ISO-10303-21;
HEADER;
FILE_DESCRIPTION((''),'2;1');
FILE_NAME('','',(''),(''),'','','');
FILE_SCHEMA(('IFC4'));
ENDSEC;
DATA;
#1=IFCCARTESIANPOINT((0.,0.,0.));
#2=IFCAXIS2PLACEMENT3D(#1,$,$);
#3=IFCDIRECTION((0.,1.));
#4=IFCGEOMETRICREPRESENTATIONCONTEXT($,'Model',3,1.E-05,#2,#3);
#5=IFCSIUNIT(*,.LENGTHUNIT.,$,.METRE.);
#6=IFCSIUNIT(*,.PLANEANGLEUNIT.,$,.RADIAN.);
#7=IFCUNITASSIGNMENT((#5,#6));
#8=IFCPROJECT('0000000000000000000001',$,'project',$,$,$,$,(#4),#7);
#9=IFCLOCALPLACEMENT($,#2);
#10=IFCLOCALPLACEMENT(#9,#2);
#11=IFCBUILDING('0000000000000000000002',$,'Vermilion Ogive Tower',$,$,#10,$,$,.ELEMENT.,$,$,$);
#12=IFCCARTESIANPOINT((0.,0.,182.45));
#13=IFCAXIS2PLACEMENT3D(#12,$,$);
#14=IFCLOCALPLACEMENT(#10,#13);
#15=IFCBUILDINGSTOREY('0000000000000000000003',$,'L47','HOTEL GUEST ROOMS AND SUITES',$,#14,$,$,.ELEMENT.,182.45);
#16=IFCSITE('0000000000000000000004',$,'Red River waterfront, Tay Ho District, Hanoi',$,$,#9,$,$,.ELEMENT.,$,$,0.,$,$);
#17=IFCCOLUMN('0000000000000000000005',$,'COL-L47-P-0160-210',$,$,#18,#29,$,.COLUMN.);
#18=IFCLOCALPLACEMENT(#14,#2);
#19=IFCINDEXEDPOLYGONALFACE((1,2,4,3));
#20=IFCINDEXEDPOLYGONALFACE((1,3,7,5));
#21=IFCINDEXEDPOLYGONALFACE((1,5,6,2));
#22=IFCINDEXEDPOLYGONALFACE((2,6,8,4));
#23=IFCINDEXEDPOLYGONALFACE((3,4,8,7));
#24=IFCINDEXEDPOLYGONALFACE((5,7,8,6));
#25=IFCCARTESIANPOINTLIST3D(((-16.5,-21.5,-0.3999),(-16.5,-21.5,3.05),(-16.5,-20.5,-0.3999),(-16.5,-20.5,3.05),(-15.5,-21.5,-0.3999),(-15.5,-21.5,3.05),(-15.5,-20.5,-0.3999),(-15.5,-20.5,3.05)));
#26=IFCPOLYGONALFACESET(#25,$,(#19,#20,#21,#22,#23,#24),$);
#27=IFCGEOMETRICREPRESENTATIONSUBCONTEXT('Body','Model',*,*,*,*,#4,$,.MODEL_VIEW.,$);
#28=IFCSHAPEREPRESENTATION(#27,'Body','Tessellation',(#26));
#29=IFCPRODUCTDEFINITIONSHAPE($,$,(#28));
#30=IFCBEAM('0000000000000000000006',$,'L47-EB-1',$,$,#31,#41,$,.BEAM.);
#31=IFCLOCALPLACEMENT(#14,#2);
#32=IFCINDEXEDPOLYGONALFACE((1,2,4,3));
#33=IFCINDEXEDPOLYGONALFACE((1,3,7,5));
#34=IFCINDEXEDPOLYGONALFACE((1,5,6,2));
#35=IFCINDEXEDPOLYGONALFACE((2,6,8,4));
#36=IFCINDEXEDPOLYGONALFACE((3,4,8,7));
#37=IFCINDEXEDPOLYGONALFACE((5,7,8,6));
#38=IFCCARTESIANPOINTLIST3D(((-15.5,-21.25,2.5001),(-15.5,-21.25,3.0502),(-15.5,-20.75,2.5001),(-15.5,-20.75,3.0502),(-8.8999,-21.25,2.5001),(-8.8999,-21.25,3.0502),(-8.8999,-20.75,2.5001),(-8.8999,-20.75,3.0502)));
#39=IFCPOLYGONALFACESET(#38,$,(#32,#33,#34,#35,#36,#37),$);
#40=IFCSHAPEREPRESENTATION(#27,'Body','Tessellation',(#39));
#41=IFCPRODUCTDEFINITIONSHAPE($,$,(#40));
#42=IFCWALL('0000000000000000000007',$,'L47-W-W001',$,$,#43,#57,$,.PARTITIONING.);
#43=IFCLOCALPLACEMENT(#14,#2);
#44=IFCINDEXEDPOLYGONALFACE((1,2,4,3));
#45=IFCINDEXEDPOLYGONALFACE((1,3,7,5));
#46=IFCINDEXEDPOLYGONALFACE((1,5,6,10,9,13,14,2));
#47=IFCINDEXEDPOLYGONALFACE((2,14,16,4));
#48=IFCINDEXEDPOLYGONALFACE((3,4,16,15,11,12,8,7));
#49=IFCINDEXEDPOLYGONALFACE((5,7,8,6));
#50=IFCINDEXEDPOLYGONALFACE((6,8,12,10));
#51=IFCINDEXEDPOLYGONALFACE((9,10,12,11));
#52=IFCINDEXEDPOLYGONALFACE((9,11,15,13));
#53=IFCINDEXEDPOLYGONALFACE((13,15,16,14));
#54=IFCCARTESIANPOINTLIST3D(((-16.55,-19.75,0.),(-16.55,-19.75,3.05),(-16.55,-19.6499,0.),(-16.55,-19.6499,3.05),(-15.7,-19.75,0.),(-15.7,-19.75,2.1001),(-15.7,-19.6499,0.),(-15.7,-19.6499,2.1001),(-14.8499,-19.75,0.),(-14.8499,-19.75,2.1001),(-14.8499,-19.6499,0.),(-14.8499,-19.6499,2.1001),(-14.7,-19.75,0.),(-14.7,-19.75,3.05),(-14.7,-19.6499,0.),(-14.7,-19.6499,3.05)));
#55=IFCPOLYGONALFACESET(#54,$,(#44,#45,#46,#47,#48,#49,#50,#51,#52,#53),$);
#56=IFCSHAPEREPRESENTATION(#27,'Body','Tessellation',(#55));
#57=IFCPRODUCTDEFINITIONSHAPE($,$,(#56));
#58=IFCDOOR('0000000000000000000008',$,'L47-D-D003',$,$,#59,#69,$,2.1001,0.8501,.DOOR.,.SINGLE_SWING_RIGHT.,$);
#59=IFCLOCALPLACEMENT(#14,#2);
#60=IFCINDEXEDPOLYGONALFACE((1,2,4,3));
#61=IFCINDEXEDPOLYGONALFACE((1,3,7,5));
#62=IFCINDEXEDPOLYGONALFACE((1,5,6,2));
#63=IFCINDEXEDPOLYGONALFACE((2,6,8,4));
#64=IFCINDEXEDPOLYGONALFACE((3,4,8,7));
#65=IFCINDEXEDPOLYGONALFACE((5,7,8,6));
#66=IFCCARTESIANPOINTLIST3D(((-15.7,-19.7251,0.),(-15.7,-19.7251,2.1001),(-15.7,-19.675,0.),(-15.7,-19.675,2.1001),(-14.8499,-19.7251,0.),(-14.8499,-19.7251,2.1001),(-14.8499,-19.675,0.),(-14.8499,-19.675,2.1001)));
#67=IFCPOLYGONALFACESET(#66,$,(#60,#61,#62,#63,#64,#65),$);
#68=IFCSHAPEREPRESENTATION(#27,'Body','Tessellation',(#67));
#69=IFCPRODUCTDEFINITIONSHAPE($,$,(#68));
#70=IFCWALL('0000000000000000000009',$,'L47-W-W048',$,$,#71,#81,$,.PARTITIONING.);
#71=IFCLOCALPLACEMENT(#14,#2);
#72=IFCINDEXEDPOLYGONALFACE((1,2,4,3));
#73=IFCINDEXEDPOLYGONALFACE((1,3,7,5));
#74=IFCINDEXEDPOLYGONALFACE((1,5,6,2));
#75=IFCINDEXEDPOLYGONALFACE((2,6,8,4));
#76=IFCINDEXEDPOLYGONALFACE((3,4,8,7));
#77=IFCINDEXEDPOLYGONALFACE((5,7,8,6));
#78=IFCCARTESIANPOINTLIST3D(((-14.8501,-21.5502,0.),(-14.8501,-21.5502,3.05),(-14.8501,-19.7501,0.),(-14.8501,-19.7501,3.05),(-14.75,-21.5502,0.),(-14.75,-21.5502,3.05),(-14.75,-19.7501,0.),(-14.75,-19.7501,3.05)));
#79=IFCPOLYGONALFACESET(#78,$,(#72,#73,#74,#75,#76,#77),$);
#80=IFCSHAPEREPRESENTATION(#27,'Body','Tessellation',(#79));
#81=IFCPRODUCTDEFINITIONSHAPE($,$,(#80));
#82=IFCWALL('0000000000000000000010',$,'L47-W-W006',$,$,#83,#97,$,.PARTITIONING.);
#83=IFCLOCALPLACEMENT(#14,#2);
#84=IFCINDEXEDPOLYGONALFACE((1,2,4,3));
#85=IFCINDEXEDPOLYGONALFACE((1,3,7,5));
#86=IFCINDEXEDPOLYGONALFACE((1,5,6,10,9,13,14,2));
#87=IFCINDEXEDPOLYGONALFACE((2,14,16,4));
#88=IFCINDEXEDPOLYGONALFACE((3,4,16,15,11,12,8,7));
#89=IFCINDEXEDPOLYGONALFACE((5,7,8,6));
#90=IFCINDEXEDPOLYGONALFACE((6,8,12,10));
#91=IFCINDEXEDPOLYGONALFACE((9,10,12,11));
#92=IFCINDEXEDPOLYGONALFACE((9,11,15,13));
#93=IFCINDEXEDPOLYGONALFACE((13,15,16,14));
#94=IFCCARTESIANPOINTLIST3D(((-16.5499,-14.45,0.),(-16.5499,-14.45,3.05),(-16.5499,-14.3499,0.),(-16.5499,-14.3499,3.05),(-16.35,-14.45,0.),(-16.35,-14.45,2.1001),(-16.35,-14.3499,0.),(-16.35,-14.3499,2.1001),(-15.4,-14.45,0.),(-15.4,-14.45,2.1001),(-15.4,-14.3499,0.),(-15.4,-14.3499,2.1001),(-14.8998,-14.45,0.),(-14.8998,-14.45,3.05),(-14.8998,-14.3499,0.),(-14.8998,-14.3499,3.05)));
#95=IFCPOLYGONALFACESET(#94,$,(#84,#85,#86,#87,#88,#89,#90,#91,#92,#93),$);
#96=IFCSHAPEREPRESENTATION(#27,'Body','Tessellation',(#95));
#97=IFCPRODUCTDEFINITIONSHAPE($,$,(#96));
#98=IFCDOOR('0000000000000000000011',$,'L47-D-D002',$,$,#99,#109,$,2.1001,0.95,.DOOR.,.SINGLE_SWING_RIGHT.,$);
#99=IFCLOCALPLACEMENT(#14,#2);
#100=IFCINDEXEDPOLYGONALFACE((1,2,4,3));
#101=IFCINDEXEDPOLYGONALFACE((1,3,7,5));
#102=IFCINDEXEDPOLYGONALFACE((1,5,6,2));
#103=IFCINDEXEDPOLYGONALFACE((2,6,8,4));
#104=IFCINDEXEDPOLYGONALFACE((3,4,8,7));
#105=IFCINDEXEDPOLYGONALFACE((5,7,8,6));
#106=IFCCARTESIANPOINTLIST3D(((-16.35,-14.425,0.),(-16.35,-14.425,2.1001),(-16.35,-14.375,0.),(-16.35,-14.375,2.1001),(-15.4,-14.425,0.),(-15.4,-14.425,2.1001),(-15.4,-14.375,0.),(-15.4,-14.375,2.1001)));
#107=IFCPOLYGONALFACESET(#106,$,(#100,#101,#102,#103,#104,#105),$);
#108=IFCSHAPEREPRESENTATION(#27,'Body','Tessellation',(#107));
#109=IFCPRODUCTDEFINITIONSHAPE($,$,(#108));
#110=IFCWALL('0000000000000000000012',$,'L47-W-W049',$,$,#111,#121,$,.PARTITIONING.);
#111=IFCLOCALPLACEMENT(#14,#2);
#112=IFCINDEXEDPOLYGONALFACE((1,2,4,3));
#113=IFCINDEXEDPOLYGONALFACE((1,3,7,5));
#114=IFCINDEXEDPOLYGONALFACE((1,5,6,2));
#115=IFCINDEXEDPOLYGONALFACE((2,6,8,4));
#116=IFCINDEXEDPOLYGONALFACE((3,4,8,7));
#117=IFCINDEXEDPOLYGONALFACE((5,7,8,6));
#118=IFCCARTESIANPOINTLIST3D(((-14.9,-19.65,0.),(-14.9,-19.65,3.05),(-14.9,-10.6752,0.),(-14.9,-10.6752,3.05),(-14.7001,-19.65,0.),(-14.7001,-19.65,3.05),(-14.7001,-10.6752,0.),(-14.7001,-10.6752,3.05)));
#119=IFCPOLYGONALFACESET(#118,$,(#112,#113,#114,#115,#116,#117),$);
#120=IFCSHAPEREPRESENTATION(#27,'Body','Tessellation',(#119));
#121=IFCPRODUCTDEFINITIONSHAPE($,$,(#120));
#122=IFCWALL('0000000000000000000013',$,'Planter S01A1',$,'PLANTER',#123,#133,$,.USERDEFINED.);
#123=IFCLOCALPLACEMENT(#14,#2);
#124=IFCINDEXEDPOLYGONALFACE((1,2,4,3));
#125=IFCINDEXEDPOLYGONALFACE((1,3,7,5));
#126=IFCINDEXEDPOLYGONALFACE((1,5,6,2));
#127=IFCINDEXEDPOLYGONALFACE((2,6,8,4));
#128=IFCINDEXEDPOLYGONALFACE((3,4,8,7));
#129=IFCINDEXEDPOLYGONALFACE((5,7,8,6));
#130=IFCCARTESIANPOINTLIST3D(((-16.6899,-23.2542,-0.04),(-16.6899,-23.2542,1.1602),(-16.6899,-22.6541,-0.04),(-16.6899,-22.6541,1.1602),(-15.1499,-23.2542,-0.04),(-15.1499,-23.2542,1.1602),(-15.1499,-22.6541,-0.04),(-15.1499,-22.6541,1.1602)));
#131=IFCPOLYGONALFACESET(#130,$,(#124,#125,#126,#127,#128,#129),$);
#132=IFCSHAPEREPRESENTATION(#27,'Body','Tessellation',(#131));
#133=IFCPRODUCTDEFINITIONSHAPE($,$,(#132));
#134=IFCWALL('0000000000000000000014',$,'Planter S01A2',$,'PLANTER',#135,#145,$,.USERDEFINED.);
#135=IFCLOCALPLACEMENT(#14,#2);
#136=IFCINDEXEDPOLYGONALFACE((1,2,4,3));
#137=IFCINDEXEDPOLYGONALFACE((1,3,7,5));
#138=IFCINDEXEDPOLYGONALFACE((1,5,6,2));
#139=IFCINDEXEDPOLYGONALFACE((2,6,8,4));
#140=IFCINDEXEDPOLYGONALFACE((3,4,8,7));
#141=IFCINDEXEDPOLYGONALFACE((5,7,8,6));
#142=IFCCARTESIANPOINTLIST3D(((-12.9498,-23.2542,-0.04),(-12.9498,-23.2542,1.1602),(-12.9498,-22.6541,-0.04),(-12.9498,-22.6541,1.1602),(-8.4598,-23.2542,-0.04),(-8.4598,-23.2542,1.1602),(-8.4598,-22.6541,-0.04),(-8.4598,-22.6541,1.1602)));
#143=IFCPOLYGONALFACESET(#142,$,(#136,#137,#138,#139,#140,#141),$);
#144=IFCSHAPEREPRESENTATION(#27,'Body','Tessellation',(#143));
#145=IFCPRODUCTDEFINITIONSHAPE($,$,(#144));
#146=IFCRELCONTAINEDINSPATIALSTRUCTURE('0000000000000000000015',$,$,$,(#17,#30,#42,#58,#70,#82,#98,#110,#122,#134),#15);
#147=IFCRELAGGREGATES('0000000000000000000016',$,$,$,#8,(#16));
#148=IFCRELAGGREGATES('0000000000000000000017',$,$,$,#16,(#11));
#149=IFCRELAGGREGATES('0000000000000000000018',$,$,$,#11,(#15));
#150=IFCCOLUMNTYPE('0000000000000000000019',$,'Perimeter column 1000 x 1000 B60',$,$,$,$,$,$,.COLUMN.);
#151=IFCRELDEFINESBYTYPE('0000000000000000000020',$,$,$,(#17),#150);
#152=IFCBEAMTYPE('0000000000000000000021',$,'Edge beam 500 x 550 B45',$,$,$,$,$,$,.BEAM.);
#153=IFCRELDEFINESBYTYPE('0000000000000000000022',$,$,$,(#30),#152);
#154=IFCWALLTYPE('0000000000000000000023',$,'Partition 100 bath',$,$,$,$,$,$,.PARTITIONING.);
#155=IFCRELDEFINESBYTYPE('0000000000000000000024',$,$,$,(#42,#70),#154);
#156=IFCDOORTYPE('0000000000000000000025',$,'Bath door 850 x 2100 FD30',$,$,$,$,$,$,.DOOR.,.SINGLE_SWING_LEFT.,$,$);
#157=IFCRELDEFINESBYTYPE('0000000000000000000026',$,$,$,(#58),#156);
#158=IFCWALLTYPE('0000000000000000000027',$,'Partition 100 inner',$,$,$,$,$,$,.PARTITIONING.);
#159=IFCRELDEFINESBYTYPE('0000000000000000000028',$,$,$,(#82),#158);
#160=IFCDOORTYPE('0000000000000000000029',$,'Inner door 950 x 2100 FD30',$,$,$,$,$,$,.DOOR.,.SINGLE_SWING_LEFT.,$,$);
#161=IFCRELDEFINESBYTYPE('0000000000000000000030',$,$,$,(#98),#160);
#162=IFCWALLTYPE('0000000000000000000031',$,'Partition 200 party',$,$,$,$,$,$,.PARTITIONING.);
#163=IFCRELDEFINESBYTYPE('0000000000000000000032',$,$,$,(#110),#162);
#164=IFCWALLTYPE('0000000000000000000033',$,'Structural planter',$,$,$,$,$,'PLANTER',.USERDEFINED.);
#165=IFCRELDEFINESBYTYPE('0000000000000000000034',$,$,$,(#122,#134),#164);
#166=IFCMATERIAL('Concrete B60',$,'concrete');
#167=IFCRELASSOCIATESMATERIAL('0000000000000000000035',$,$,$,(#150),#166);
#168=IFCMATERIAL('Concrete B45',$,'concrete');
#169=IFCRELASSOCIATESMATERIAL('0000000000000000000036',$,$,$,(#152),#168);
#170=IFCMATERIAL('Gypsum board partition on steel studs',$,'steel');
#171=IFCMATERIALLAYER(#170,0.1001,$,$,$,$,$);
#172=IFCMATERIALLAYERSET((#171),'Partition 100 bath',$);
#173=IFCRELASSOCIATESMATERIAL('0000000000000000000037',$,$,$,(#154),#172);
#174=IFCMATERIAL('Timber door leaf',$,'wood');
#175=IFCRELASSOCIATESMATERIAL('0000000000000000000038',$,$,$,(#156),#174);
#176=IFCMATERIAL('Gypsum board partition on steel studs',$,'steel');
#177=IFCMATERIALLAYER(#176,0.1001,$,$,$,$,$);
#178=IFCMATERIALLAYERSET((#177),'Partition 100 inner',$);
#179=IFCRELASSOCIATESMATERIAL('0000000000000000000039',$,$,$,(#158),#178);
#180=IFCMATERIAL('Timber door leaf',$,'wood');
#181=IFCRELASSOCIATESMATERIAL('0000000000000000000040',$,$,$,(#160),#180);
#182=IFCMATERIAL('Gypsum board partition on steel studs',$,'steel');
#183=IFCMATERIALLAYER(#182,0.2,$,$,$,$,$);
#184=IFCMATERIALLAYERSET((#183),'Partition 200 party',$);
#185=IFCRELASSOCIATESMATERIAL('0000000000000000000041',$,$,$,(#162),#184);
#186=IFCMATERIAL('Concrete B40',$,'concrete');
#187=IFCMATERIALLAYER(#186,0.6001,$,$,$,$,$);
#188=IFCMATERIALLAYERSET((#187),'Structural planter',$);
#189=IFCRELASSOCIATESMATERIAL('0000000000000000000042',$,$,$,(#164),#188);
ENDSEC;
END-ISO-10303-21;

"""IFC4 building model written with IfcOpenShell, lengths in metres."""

from ifc_helpers import new_model, si_unit, direction, frame, frame_2d, origin, origin_2d, place, context, subcontext, project, spatial, rectangle, extrude, material, layer, layer_set, material_profile, profile_set, type_object, element, fill, save


model = new_model("IFC4")

# Units and contexts
model_context = context("Model", 3, precision=1e-05, world=origin(), true_north=direction((0.0, 1.0)))
body_context = subcontext(model_context, "Body", "Model", "MODEL_VIEW")
ifc_project = project(units=[si_unit("LENGTHUNIT", "METRE"), si_unit("PLANEANGLEUNIT", "RADIAN")], contexts=[model_context])

# Site, building, storey
site_placement = place(None, origin())
site = spatial("IfcSite", under=ifc_project, at=site_placement, Name="Red River waterfront, Tay Ho District, Hanoi", CompositionType="ELEMENT", RefElevation=0.0)
building_placement = place(site_placement, origin())
building = spatial("IfcBuilding", under=site, at=building_placement, Name="Vermilion Ogive Tower", CompositionType="ELEMENT")
storey_placement = place(building_placement, frame((0.0, 0.0, 182.45)))
storey = spatial("IfcBuildingStorey", under=building, at=storey_placement, Name="L47", Description="HOTEL GUEST ROOMS AND SUITES", CompositionType="ELEMENT", Elevation=182.45)

# Column
ifc_material_1 = material(Name="Concrete B60", Category="concrete")
ifc_material_profile_1 = material_profile(ifc_material_1, rectangle(XDim=1.0, YDim=1.0, at=origin_2d()), Name="1000 x 1000")
ifc_profile_set_1 = profile_set([ifc_material_profile_1], Name="Concrete B60")
column_type = type_object("IfcColumnType", Name="Perimeter column 1000 x 1000 B60", PredefinedType="COLUMN", material=ifc_profile_set_1)
column_placement = place(storey_placement, frame((-16.0, -21.0, -0.3999), z_axis=(0.0, 0.0, 1.0), x_axis=(1.0, 0.0, 0.0)))
element("IfcColumn", 1, at=column_placement, inside=storey, type_object=column_type, Name="COL-L47-P-0160-210", PredefinedType="COLUMN", context=body_context, shape_type="SweptSolid", body=[
    extrude(rectangle(XDim=1.0, YDim=1.0, at=origin_2d()), origin(), (0.0, 0.0, 1.0), 3.45),
])

# Beam
ifc_material_2 = material(Name="Concrete B45", Category="concrete")
ifc_material_profile_2 = material_profile(ifc_material_2, rectangle(XDim=0.5, YDim=0.55, at=origin_2d()), Name="500 x 550")
ifc_profile_set_2 = profile_set([ifc_material_profile_2], Name="Concrete B45")
beam_type = type_object("IfcBeamType", Name="Edge beam 500 x 550 B45", PredefinedType="BEAM", material=ifc_profile_set_2)
beam_placement = place(storey_placement, frame((-15.5, -21.0, 2.7751), z_axis=(1.0, 0.0, 0.0), x_axis=(0.0, 1.0, 0.0)))
element("IfcBeam", 2, at=beam_placement, inside=storey, type_object=beam_type, Name="L47-EB-1", PredefinedType="BEAM", context=body_context, shape_type="SweptSolid", body=[
    extrude(rectangle(XDim=0.5, YDim=0.55, at=origin_2d()), origin(), (0.0, 0.0, 1.0), 6.6001),
])

# Wall, opening, door
ifc_material_3 = material(Name="Gypsum board partition on steel studs", Category="steel")
ifc_layer_1 = layer(ifc_material_3, 0.1001)
ifc_layer_set_1 = layer_set([ifc_layer_1], Name="Partition 100 bath")
wall_type_1 = type_object("IfcWallType", Name="Partition 100 bath", PredefinedType="PARTITIONING", material=ifc_layer_set_1)
wall_1_placement = place(storey_placement, frame((-16.55, -19.7, 0.0), z_axis=(0.0, 0.0, 1.0), x_axis=(1.0, 0.0, 0.0)))
wall_1 = element("IfcWall", 3, at=wall_1_placement, inside=storey, type_object=wall_type_1, Name="L47-W-W001", PredefinedType="PARTITIONING", context=body_context, shape_type="SweptSolid", body=[
    extrude(rectangle(XDim=1.8501, YDim=0.1001, at=frame_2d((0.925, 0.0))), origin(), (0.0, 0.0, 1.0), 3.05),
])
opening_1_placement = place(wall_1_placement, frame((0.8501, 0.0, 0.0)))
opening_1 = element("IfcOpeningElement", 4, at=opening_1_placement, cuts=wall_1, PredefinedType="OPENING", context=body_context, shape_type="SweptSolid", body=[
    extrude(rectangle(XDim=0.8501, YDim=2.1001, at=frame_2d((0.425, 1.05))), frame((0.0, 0.0601, 0.0), z_axis=(0.0, -1.0, 0.0), x_axis=(1.0, 0.0, 0.0)), (0.0, 0.0, 1.0), 0.1201),
])
ifc_material_4 = material(Name="Timber door leaf", Category="wood")
door_type_1 = type_object("IfcDoorType", Name="Bath door 850 x 2100 FD30", OperationType="SINGLE_SWING_LEFT", PredefinedType="DOOR", material=ifc_material_4)
door_1_placement = place(opening_1_placement, origin())
door_1 = element("IfcDoor", 5, at=door_1_placement, inside=storey, type_object=door_type_1, Name="L47-D-D003", OperationType="SINGLE_SWING_RIGHT", OverallHeight=2.1001, OverallWidth=0.8501, PredefinedType="DOOR", context=body_context, shape_type="SweptSolid", body=[
    extrude(rectangle(XDim=0.8501, YDim=2.1001, at=frame_2d((0.425, 1.05))), frame((0.0, 0.0249, 0.0), z_axis=(0.0, -1.0, 0.0), x_axis=(1.0, 0.0, 0.0)), (0.0, 0.0, 1.0), 0.05),
])
fill(opening_1, door_1)

# Wall
wall_2_placement = place(storey_placement, frame((-14.8, -21.55, 0.0), z_axis=(0.0, 0.0, 1.0), x_axis=(0.0, 1.0, 0.0)))
element("IfcWall", 6, at=wall_2_placement, inside=storey, type_object=wall_type_1, Name="L47-W-W048", PredefinedType="PARTITIONING", context=body_context, shape_type="SweptSolid", body=[
    extrude(rectangle(XDim=1.8, YDim=0.1001, at=frame_2d((0.8999, 0.0))), origin(), (0.0, 0.0, 1.0), 3.05),
])

# Wall, opening, door
ifc_material_5 = material(Name="Gypsum board partition on steel studs", Category="steel")
ifc_layer_2 = layer(ifc_material_5, 0.1001)
ifc_layer_set_2 = layer_set([ifc_layer_2], Name="Partition 100 inner")
wall_type_2 = type_object("IfcWallType", Name="Partition 100 inner", PredefinedType="PARTITIONING", material=ifc_layer_set_2)
wall_3_placement = place(storey_placement, frame((-16.55, -14.3999, 0.0), z_axis=(0.0, 0.0, 1.0), x_axis=(1.0, 0.0, 0.0)))
wall_3 = element("IfcWall", 7, at=wall_3_placement, inside=storey, type_object=wall_type_2, Name="L47-W-W006", PredefinedType="PARTITIONING", context=body_context, shape_type="SweptSolid", body=[
    extrude(rectangle(XDim=1.6501, YDim=0.1001, at=frame_2d((0.8252, 0.0))), origin(), (0.0, 0.0, 1.0), 3.05),
])
opening_2_placement = place(wall_3_placement, frame((0.2, 0.0, 0.0)))
opening_2 = element("IfcOpeningElement", 8, at=opening_2_placement, cuts=wall_3, PredefinedType="OPENING", context=body_context, shape_type="SweptSolid", body=[
    extrude(rectangle(XDim=0.95, YDim=2.1001, at=frame_2d((0.4751, 1.05))), frame((0.0, 0.0601, 0.0), z_axis=(0.0, -1.0, 0.0), x_axis=(1.0, 0.0, 0.0)), (0.0, 0.0, 1.0), 0.1201),
])
ifc_material_6 = material(Name="Timber door leaf", Category="wood")
door_type_2 = type_object("IfcDoorType", Name="Inner door 950 x 2100 FD30", OperationType="SINGLE_SWING_LEFT", PredefinedType="DOOR", material=ifc_material_6)
door_2_placement = place(opening_2_placement, origin())
door_2 = element("IfcDoor", 9, at=door_2_placement, inside=storey, type_object=door_type_2, Name="L47-D-D002", OperationType="SINGLE_SWING_RIGHT", OverallHeight=2.1001, OverallWidth=0.95, PredefinedType="DOOR", context=body_context, shape_type="SweptSolid", body=[
    extrude(rectangle(XDim=0.95, YDim=2.1001, at=frame_2d((0.4751, 1.05))), frame((0.0, 0.0249, 0.0), z_axis=(0.0, -1.0, 0.0), x_axis=(1.0, 0.0, 0.0)), (0.0, 0.0, 1.0), 0.05),
])
fill(opening_2, door_2)

# Walls
ifc_material_7 = material(Name="Gypsum board partition on steel studs", Category="steel")
ifc_layer_3 = layer(ifc_material_7, 0.2)
ifc_layer_set_3 = layer_set([ifc_layer_3], Name="Partition 200 party")
wall_type_3 = type_object("IfcWallType", Name="Partition 200 party", PredefinedType="PARTITIONING", material=ifc_layer_set_3)
wall_4_placement = place(storey_placement, frame((-14.8, -19.6499, 0.0), z_axis=(0.0, 0.0, 1.0), x_axis=(0.0, 1.0, 0.0)))
element("IfcWall", 10, at=wall_4_placement, inside=storey, type_object=wall_type_3, Name="L47-W-W049", PredefinedType="PARTITIONING", context=body_context, shape_type="SweptSolid", body=[
    extrude(rectangle(XDim=8.9749, YDim=0.2, at=frame_2d((4.4873, 0.0))), origin(), (0.0, 0.0, 1.0), 3.05),
])
ifc_material_8 = material(Name="Concrete B40", Category="concrete")
ifc_layer_4 = layer(ifc_material_8, 0.6001)
ifc_layer_set_4 = layer_set([ifc_layer_4], Name="Structural planter")
wall_type_4 = type_object("IfcWallType", Name="Structural planter", ElementType="PLANTER", PredefinedType="USERDEFINED", material=ifc_layer_set_4)
wall_5_placement = place(storey_placement, frame((-16.6899, -22.9541, -0.04), z_axis=(0.0, 0.0, 1.0), x_axis=(1.0, 0.0, 0.0)))
element("IfcWall", 11, at=wall_5_placement, inside=storey, type_object=wall_type_4, Name="Planter S01A1", ObjectType="PLANTER", PredefinedType="USERDEFINED", context=body_context, shape_type="SweptSolid", body=[
    extrude(rectangle(XDim=1.54, YDim=0.6001, at=frame_2d((0.77, 0.0))), origin(), (0.0, 0.0, 1.0), 1.2002),
])
wall_6_placement = place(storey_placement, frame((-12.95, -22.9541, -0.04), z_axis=(0.0, 0.0, 1.0), x_axis=(1.0, 0.0, 0.0)))
element("IfcWall", 12, at=wall_6_placement, inside=storey, type_object=wall_type_4, Name="Planter S01A2", ObjectType="PLANTER", PredefinedType="USERDEFINED", context=body_context, shape_type="SweptSolid", body=[
    extrude(rectangle(XDim=4.49, YDim=0.6001, at=frame_2d((2.2451, 0.0))), origin(), (0.0, 0.0, 1.0), 1.2002),
])

save(model, "model.ifc")
